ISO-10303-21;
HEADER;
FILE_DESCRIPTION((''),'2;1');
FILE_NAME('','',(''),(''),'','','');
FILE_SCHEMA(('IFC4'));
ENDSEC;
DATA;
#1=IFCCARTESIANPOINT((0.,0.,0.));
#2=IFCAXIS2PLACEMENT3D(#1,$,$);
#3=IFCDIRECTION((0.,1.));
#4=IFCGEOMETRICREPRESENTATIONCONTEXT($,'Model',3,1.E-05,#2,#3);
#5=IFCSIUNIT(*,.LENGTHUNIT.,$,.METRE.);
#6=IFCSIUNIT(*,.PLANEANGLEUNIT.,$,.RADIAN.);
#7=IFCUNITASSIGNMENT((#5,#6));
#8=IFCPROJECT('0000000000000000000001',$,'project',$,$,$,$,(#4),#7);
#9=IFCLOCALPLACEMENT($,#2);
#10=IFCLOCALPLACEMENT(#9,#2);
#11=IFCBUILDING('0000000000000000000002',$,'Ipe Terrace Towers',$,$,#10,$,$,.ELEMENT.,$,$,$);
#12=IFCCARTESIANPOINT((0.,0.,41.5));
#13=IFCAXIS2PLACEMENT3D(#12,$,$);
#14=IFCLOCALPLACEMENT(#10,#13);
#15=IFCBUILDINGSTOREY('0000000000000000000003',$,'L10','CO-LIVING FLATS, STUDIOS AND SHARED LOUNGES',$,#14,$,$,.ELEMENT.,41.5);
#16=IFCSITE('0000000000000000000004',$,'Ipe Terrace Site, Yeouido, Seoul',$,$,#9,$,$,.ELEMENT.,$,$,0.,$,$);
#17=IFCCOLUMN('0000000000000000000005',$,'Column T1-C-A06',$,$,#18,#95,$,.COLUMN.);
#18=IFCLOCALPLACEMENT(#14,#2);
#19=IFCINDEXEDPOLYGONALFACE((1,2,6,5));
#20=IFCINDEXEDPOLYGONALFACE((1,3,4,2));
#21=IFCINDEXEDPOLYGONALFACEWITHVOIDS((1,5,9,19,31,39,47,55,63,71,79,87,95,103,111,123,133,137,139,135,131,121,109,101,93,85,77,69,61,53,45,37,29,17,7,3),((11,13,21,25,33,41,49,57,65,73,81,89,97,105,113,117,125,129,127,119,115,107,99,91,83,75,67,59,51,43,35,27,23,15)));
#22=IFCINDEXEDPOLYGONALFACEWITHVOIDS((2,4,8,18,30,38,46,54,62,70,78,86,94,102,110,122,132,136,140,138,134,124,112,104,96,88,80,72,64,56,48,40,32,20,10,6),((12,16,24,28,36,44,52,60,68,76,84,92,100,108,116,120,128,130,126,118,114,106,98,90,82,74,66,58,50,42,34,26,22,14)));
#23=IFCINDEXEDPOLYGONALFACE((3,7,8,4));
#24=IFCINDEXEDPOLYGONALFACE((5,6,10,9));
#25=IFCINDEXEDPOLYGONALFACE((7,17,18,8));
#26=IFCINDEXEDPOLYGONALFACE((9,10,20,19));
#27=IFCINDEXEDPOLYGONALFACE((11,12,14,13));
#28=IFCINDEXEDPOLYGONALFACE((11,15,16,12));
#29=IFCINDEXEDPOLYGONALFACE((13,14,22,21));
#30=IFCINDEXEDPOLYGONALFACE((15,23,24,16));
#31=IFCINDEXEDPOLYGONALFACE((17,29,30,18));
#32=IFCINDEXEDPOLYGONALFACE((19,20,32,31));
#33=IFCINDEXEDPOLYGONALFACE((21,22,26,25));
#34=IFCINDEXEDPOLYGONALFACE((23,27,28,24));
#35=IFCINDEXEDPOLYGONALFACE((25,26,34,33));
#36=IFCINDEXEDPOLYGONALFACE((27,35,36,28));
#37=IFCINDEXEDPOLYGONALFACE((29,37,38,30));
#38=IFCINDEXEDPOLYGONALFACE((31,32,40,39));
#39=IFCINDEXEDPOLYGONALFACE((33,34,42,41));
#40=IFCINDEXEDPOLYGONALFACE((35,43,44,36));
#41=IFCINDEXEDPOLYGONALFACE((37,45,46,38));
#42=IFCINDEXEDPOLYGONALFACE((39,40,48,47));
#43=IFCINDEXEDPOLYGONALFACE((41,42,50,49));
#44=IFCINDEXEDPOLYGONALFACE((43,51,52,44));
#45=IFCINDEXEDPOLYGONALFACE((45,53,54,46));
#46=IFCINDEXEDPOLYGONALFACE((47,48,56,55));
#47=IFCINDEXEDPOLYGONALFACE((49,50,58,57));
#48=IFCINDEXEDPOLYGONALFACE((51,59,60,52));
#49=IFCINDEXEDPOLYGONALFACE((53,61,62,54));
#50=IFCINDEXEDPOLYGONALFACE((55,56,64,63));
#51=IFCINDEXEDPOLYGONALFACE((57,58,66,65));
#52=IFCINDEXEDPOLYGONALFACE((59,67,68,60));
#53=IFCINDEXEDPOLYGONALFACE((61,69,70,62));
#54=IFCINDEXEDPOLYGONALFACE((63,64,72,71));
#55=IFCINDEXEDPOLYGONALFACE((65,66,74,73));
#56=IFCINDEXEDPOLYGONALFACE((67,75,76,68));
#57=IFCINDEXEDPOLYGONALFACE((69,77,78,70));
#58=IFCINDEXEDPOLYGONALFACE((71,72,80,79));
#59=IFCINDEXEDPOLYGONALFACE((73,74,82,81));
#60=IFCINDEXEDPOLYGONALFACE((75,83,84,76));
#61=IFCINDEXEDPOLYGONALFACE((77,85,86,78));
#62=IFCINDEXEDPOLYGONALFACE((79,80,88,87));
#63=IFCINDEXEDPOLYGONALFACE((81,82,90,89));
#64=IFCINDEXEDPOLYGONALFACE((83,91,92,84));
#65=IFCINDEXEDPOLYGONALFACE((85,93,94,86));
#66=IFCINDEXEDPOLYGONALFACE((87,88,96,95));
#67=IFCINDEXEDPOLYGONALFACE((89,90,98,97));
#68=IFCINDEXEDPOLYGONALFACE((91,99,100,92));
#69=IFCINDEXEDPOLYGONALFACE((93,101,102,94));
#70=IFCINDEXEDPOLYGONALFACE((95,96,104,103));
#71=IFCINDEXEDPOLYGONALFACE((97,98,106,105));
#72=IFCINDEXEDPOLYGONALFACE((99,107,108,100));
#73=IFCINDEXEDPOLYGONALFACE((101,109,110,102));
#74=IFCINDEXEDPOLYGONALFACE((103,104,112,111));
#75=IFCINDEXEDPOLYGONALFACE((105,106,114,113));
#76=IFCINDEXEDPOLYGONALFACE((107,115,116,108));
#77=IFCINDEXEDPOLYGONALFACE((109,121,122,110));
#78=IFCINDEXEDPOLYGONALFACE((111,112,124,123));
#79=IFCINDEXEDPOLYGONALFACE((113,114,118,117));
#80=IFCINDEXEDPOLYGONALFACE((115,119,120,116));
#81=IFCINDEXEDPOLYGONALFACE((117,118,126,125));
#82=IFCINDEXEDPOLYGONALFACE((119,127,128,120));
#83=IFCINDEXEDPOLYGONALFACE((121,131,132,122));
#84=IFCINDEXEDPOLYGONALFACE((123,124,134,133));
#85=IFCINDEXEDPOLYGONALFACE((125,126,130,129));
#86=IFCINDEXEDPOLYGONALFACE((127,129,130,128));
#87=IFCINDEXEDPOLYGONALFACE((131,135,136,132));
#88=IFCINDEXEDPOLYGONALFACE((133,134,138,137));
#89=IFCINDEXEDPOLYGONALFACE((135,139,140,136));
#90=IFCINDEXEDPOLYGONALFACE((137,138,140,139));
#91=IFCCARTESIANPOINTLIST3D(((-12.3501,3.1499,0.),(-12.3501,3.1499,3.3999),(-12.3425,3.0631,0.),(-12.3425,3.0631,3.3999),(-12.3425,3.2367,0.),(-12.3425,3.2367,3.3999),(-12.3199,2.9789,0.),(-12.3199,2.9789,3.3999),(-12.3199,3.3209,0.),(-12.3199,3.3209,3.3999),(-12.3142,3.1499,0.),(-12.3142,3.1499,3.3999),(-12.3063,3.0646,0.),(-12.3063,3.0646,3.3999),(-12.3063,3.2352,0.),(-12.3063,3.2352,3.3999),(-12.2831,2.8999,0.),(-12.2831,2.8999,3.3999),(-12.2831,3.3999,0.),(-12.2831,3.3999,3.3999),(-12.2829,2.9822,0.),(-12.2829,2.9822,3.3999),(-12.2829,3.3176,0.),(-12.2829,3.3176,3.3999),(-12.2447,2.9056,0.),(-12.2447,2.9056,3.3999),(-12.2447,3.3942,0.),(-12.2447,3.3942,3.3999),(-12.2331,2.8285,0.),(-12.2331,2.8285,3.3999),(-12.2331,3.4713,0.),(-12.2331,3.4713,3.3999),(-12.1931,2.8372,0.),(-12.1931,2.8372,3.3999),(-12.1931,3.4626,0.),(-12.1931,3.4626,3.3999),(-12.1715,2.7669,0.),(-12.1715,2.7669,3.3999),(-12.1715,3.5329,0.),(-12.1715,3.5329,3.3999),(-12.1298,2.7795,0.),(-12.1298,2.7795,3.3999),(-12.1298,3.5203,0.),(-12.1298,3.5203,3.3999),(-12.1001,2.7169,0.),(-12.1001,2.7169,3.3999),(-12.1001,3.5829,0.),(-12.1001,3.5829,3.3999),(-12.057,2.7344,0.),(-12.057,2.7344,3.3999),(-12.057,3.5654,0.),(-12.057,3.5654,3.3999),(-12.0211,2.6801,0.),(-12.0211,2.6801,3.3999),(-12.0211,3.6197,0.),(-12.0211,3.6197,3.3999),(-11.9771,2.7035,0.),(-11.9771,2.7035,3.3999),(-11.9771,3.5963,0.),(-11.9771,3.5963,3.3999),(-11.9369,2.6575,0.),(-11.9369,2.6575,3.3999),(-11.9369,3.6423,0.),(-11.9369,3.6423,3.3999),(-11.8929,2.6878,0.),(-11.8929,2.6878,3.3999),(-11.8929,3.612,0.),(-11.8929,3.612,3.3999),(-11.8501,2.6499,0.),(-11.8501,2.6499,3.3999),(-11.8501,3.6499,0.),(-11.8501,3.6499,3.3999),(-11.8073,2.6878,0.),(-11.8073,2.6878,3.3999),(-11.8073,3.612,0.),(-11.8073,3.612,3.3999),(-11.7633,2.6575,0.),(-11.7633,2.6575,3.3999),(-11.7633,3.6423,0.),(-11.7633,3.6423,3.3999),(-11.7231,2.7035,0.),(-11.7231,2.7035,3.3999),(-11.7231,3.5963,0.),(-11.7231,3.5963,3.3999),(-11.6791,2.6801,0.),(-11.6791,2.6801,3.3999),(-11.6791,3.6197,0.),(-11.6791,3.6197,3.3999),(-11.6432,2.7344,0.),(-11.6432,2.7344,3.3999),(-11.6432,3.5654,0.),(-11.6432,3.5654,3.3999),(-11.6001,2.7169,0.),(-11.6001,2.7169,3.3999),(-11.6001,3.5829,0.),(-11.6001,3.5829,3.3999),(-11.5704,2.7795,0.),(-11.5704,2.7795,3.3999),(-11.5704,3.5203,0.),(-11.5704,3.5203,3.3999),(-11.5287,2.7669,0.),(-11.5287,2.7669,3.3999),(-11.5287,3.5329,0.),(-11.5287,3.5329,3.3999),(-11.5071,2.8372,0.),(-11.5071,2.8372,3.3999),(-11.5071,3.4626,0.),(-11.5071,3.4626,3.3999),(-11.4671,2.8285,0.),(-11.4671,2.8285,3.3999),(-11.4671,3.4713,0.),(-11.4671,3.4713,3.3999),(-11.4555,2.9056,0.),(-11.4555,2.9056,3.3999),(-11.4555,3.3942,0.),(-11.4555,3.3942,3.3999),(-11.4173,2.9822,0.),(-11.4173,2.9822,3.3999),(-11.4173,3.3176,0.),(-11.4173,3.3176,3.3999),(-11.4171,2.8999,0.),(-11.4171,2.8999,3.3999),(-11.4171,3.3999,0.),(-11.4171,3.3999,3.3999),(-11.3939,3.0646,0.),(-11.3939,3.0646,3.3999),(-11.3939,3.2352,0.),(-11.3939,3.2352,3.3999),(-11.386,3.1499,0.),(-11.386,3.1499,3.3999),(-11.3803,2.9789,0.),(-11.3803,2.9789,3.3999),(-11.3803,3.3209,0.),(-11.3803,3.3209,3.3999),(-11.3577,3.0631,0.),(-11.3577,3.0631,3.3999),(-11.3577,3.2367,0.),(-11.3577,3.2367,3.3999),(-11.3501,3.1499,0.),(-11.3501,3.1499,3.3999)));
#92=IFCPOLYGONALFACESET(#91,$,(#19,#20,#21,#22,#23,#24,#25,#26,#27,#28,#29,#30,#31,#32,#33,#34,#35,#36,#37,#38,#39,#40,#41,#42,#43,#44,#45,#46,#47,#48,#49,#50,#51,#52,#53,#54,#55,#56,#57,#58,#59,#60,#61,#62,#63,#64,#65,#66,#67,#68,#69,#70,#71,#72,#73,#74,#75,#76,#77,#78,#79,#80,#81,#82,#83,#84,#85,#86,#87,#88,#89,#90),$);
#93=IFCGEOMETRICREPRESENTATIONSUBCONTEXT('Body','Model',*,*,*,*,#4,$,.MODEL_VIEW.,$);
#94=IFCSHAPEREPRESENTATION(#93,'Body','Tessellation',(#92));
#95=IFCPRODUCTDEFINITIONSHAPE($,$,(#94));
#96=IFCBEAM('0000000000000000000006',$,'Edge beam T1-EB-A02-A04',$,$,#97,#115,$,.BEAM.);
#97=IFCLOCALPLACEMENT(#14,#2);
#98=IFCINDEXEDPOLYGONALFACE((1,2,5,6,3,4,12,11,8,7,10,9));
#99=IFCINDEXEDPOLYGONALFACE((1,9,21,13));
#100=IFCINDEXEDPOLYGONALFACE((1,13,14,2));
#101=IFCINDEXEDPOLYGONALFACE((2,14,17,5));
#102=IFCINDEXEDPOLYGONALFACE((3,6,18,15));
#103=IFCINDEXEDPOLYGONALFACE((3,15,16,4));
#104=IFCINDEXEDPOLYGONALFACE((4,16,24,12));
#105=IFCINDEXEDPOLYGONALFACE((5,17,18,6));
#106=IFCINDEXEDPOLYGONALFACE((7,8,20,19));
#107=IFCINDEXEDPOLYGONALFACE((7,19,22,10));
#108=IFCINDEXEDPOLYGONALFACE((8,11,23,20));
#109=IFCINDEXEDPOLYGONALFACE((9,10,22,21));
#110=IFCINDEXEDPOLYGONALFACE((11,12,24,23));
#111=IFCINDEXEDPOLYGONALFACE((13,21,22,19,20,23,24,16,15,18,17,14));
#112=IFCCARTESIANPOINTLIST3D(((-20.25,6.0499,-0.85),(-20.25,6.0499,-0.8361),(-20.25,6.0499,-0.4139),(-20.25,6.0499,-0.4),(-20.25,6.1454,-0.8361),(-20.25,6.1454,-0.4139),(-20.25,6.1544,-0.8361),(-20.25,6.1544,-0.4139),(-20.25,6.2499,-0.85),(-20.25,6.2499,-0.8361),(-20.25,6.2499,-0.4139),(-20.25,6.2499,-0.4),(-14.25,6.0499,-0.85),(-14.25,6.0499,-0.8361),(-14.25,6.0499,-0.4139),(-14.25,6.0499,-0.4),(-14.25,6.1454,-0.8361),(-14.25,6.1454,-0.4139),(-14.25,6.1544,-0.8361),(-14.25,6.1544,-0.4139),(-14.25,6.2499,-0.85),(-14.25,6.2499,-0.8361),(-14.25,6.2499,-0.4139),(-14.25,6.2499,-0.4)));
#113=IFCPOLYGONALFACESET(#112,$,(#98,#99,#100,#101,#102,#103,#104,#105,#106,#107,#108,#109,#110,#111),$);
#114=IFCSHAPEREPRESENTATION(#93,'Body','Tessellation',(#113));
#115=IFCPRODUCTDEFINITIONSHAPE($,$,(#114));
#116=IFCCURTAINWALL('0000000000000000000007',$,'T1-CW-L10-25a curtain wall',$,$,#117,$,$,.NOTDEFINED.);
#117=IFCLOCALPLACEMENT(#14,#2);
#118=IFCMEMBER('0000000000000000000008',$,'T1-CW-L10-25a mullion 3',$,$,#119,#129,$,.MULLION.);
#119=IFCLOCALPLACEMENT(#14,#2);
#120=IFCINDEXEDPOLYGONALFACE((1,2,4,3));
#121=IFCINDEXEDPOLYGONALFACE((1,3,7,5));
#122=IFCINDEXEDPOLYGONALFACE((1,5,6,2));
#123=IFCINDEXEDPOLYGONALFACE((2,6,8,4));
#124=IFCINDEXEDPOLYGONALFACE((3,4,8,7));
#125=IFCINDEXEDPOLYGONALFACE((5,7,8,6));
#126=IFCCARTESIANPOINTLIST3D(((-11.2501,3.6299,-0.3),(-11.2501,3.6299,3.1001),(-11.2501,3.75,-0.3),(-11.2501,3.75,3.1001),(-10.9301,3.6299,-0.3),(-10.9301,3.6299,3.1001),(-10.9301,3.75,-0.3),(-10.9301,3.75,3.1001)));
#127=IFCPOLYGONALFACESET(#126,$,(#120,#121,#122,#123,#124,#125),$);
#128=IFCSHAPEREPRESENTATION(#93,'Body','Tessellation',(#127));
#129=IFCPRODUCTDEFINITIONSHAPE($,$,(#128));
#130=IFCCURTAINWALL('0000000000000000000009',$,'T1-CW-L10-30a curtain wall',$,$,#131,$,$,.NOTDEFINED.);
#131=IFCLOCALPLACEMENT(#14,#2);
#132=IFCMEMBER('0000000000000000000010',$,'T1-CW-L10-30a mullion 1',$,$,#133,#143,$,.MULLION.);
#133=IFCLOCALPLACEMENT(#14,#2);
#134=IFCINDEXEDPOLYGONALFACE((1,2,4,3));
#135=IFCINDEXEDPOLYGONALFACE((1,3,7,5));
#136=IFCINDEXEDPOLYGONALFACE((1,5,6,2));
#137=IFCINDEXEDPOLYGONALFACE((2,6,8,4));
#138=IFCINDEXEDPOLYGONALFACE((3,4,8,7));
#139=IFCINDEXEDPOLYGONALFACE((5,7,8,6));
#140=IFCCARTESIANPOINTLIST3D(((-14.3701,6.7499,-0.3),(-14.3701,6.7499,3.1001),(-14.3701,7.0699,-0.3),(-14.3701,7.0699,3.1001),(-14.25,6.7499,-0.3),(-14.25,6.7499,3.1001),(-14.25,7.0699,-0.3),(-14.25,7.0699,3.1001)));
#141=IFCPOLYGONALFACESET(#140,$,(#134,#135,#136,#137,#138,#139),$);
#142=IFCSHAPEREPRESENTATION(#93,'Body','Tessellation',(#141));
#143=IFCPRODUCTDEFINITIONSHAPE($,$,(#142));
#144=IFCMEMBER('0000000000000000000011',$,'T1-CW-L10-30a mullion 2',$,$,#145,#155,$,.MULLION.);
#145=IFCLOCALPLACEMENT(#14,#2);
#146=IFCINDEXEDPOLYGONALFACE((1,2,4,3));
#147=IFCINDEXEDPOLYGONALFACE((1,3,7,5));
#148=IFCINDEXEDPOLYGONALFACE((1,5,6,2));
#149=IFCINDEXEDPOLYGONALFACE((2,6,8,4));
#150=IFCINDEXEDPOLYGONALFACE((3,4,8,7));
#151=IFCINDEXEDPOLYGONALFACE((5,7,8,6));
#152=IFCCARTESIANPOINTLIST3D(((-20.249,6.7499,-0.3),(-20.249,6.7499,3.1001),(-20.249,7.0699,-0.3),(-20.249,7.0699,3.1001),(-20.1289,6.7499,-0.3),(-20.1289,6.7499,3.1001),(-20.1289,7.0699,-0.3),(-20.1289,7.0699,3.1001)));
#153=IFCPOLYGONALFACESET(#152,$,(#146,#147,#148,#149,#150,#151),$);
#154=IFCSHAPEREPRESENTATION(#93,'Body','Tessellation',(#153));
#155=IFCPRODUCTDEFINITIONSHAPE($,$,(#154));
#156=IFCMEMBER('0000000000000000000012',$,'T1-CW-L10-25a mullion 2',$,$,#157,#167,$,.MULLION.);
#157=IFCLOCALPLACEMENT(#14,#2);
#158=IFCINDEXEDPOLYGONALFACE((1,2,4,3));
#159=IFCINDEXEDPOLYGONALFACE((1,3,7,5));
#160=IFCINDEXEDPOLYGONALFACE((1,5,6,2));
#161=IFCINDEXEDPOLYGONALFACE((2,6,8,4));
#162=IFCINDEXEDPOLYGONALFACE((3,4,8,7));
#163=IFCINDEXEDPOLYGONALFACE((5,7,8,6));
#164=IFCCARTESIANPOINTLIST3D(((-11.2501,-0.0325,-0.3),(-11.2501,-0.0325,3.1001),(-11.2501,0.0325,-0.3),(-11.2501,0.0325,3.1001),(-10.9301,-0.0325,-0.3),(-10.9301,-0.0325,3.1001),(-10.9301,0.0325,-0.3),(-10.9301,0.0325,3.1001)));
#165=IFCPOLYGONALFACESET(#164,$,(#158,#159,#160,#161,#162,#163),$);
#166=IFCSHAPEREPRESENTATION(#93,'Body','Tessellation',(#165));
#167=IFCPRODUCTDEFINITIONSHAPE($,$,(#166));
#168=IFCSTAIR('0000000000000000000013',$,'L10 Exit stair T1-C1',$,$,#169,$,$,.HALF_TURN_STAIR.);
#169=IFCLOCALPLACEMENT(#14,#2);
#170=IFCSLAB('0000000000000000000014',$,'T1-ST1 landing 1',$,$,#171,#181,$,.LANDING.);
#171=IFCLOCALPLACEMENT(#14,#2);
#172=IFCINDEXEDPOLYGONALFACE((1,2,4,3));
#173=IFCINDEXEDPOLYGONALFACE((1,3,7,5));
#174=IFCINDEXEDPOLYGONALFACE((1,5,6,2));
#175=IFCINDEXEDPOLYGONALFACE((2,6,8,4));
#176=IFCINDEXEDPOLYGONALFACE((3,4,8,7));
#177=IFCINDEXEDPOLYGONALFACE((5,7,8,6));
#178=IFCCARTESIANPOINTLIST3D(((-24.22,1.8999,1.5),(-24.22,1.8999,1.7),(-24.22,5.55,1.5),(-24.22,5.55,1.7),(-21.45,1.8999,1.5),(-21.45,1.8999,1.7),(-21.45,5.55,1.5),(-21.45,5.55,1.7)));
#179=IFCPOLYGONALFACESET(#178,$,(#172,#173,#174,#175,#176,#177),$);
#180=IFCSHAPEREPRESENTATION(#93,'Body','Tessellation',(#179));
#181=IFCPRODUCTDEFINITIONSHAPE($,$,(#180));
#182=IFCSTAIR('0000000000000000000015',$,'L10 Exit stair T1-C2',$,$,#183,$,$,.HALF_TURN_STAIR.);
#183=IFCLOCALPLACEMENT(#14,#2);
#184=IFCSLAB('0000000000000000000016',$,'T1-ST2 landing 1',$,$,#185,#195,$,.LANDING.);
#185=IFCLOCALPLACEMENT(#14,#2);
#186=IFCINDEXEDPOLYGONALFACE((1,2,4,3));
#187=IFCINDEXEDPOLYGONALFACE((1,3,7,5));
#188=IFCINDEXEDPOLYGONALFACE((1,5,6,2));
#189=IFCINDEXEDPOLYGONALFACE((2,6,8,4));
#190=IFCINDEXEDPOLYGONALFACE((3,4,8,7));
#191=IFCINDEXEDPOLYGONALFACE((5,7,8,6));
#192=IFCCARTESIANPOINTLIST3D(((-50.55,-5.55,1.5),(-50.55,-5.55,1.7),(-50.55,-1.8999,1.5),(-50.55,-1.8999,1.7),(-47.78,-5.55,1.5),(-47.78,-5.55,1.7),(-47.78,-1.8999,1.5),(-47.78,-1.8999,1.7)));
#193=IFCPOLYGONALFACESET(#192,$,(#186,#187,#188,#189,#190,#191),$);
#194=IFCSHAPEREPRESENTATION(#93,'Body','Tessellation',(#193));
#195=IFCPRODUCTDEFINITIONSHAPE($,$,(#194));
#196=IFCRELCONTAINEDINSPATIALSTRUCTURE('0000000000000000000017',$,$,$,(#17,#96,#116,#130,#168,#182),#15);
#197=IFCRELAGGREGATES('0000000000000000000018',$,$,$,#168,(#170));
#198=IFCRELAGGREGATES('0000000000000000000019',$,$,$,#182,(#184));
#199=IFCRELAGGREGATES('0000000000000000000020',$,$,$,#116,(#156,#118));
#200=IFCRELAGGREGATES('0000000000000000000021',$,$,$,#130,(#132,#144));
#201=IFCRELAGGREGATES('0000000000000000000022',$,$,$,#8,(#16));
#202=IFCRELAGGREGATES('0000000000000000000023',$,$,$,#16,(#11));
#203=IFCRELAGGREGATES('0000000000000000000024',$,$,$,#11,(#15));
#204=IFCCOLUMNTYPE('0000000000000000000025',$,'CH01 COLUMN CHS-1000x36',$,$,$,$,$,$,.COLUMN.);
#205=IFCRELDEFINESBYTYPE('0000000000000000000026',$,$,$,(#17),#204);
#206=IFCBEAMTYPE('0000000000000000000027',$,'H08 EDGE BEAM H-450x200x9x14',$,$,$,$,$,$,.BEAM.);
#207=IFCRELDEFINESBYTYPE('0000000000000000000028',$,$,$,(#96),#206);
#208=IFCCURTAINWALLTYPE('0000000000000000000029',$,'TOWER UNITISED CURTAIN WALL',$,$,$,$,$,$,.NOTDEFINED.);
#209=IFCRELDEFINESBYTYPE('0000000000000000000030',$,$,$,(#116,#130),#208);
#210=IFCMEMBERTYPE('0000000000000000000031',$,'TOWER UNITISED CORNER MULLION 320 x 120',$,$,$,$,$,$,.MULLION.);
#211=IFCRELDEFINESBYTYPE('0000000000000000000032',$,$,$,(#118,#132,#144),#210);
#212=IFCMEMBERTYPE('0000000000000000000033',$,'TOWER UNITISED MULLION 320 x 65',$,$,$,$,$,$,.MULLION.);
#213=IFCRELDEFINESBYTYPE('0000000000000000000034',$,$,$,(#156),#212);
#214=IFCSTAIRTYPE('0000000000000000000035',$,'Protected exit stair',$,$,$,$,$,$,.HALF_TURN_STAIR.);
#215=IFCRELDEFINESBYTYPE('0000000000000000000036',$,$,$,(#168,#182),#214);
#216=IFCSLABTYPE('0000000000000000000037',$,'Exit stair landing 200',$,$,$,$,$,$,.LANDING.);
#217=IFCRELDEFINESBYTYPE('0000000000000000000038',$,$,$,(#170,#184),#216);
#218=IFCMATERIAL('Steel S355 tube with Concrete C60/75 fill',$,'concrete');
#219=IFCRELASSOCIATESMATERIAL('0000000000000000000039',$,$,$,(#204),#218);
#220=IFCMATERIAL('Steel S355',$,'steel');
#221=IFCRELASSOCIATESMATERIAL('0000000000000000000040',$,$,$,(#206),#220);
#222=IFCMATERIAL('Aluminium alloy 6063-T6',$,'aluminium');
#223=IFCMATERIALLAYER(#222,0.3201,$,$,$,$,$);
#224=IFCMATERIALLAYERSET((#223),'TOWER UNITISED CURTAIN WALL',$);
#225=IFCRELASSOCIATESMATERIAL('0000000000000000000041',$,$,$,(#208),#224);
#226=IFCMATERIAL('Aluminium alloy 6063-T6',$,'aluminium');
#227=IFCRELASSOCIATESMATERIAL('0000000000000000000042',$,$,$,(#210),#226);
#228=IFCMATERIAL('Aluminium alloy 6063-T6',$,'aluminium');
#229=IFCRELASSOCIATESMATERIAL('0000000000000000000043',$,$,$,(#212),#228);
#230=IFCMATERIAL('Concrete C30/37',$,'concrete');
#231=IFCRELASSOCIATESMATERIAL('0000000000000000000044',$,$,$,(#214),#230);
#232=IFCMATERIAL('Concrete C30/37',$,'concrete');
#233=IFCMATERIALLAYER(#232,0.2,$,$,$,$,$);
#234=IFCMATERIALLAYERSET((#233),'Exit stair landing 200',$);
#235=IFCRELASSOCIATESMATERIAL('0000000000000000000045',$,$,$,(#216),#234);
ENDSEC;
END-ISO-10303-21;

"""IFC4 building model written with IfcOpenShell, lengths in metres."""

from ifc_helpers import new_model, si_unit, direction, frame, origin, origin_2d, place, context, subcontext, project, spatial, polyline, rectangle, hollow_circle, i_section, outline, extrude, material, layer, layer_set, material_profile, profile_set, type_object, element, aggregate, save


model = new_model("IFC4")

# Units and contexts
model_context = context("Model", 3, precision=1e-05, world=origin(), true_north=direction((0.0, 1.0)))
body_context = subcontext(model_context, "Body", "Model", "MODEL_VIEW")
ifc_project = project(units=[si_unit("LENGTHUNIT", "METRE"), si_unit("PLANEANGLEUNIT", "RADIAN")], contexts=[model_context])

# Site, building, storey
site_placement = place(None, origin())
site = spatial("IfcSite", under=ifc_project, at=site_placement, Name="Ipe Terrace Site, Yeouido, Seoul", CompositionType="ELEMENT", RefElevation=0.0)
building_placement = place(site_placement, origin())
building = spatial("IfcBuilding", under=site, at=building_placement, Name="Ipe Terrace Towers", CompositionType="ELEMENT")
storey_placement = place(building_placement, frame((0.0, 0.0, 41.5)))
storey = spatial("IfcBuildingStorey", under=building, at=storey_placement, Name="L10", Description="CO-LIVING FLATS, STUDIOS AND SHARED LOUNGES", CompositionType="ELEMENT", Elevation=41.5)

# Column
ifc_material_1 = material(Name="Steel S355 tube with Concrete C60/75 fill", Category="concrete")
ifc_material_profile_1 = material_profile(ifc_material_1, hollow_circle(Radius=0.5, WallThickness=0.0359, at=origin_2d()), Name="CHS-1000x36")
ifc_profile_set_1 = profile_set([ifc_material_profile_1], Name="Steel S355 tube with Concrete C60/75 fill")
column_type = type_object("IfcColumnType", Name="CH01 COLUMN CHS-1000x36", PredefinedType="COLUMN", material=ifc_profile_set_1)
for number, where, z_axis, x_axis, name in (
    (1, (-11.8501, 3.1499, 0.0), (0.0, 0.0, 1.0), (1.0, 0.0, 0.0), "Column T1-C-A06"),
):
    element("IfcColumn", number, at=place(storey_placement, frame(where, z_axis=z_axis, x_axis=x_axis)), inside=storey, type_object=column_type, Name=name, PredefinedType="COLUMN", context=body_context, shape_type="SweptSolid", body=[
        extrude(hollow_circle(Radius=0.5, WallThickness=0.0359, at=origin_2d()), origin(), (0.0, 0.0, 1.0), 3.3999),
    ])

# Beam
ifc_material_2 = material(Name="Steel S355", Category="steel")
ifc_material_profile_2 = material_profile(ifc_material_2, i_section(OverallWidth=0.2, OverallDepth=0.45, WebThickness=0.009, FlangeThickness=0.0139, at=origin_2d()), Name="H-450x200x9x14")
ifc_profile_set_2 = profile_set([ifc_material_profile_2], Name="Steel S355")
beam_type = type_object("IfcBeamType", Name="H08 EDGE BEAM H-450x200x9x14", PredefinedType="BEAM", material=ifc_profile_set_2)
beam_placement = place(storey_placement, frame((-20.25, 6.1499, -0.625), z_axis=(1.0, 0.0, 0.0), x_axis=(0.0, 1.0, 0.0)))
element("IfcBeam", 2, at=beam_placement, inside=storey, type_object=beam_type, Name="Edge beam T1-EB-A02-A04", PredefinedType="BEAM", context=body_context, shape_type="SweptSolid", body=[
    extrude(i_section(OverallWidth=0.2, OverallDepth=0.45, WebThickness=0.009, FlangeThickness=0.0139, at=origin_2d()), origin(), (0.0, 0.0, 1.0), 6.0),
])

# Curtain wall, member
ifc_material_3 = material(Name="Aluminium alloy 6063-T6", Category="aluminium")
ifc_layer_1 = layer(ifc_material_3, 0.3201)
ifc_layer_set_1 = layer_set([ifc_layer_1], Name="TOWER UNITISED CURTAIN WALL")
curtain_wall_type = type_object("IfcCurtainWallType", Name="TOWER UNITISED CURTAIN WALL", PredefinedType="NOTDEFINED", material=ifc_layer_set_1)
curtain_wall_1_placement = place(storey_placement, origin())
curtain_wall_1 = element("IfcCurtainWall", 3, at=curtain_wall_1_placement, inside=storey, type_object=curtain_wall_type, Name="T1-CW-L10-25a curtain wall", PredefinedType="NOTDEFINED")
ifc_material_4 = material(Name="Aluminium alloy 6063-T6", Category="aluminium")
ifc_material_profile_3 = material_profile(ifc_material_4, rectangle(XDim=0.3201, YDim=0.1201, at=origin_2d()), Name="TOWER UNITISED CORNER MULLION 320 x 120")
ifc_profile_set_3 = profile_set([ifc_material_profile_3], Name="Aluminium alloy 6063-T6")
member_type_1 = type_object("IfcMemberType", Name="TOWER UNITISED CORNER MULLION 320 x 120", PredefinedType="MULLION", material=ifc_profile_set_3)
member_1_placement = place(storey_placement, frame((-11.0901, 3.6899, -0.3), z_axis=(0.0, 0.0, 1.0), x_axis=(1.0, 0.0, 0.0)))
member_1 = element("IfcMember", 4, at=member_1_placement, type_object=member_type_1, Name="T1-CW-L10-25a mullion 3", PredefinedType="MULLION", context=body_context, shape_type="SweptSolid", body=[
    extrude(rectangle(XDim=0.3201, YDim=0.1201, at=origin_2d()), origin(), (0.0, 0.0, 1.0), 3.4001),
])

# Curtain wall, members
curtain_wall_2_placement = place(storey_placement, origin())
curtain_wall_2 = element("IfcCurtainWall", 5, at=curtain_wall_2_placement, inside=storey, type_object=curtain_wall_type, Name="T1-CW-L10-30a curtain wall", PredefinedType="NOTDEFINED")
member_2_placement = place(storey_placement, frame((-14.3101, 6.9099, -0.3), z_axis=(0.0, 0.0, 1.0), x_axis=(0.0, 1.0, 0.0)))
member_2 = element("IfcMember", 6, at=member_2_placement, type_object=member_type_1, Name="T1-CW-L10-30a mullion 1", PredefinedType="MULLION", context=body_context, shape_type="SweptSolid", body=[
    extrude(rectangle(XDim=0.3201, YDim=0.1201, at=origin_2d()), origin(), (0.0, 0.0, 1.0), 3.4001),
])
member_3_placement = place(storey_placement, frame((-20.189, 6.9099, -0.3), z_axis=(0.0, 0.0, 1.0), x_axis=(0.0, 1.0, 0.0)))
member_3 = element("IfcMember", 7, at=member_3_placement, type_object=member_type_1, Name="T1-CW-L10-30a mullion 2", PredefinedType="MULLION", context=body_context, shape_type="SweptSolid", body=[
    extrude(rectangle(XDim=0.3201, YDim=0.1201, at=origin_2d()), origin(), (0.0, 0.0, 1.0), 3.4001),
])

# Member
ifc_material_5 = material(Name="Aluminium alloy 6063-T6", Category="aluminium")
ifc_material_profile_4 = material_profile(ifc_material_5, rectangle(XDim=0.3201, YDim=0.0649, at=origin_2d()), Name="TOWER UNITISED MULLION 320 x 65")
ifc_profile_set_4 = profile_set([ifc_material_profile_4], Name="Aluminium alloy 6063-T6")
member_type_2 = type_object("IfcMemberType", Name="TOWER UNITISED MULLION 320 x 65", PredefinedType="MULLION", material=ifc_profile_set_4)
member_4_placement = place(storey_placement, frame((-11.0901, 0.0, -0.3), z_axis=(0.0, 0.0, 1.0), x_axis=(1.0, 0.0, 0.0)))
member_4 = element("IfcMember", 8, at=member_4_placement, type_object=member_type_2, Name="T1-CW-L10-25a mullion 2", PredefinedType="MULLION", context=body_context, shape_type="SweptSolid", body=[
    extrude(rectangle(XDim=0.3201, YDim=0.0649, at=origin_2d()), origin(), (0.0, 0.0, 1.0), 3.4001),
])

# Stairs, slabs
ifc_material_6 = material(Name="Concrete C30/37", Category="concrete")
stair_type = type_object("IfcStairType", Name="Protected exit stair", PredefinedType="HALF_TURN_STAIR", material=ifc_material_6)
stair_1_placement = place(storey_placement, origin())
stair_1 = element("IfcStair", 9, at=stair_1_placement, inside=storey, type_object=stair_type, Name="L10 Exit stair T1-C1", PredefinedType="HALF_TURN_STAIR")
ifc_material_7 = material(Name="Concrete C30/37", Category="concrete")
ifc_layer_2 = layer(ifc_material_7, 0.2)
ifc_layer_set_2 = layer_set([ifc_layer_2], Name="Exit stair landing 200")
slab_type_1 = type_object("IfcSlabType", Name="Exit stair landing 200", PredefinedType="LANDING", material=ifc_layer_set_2)
slab_1_placement = place(storey_placement, frame((0.0, 0.0, 1.5)))
slab_1 = element("IfcSlab", 10, at=slab_1_placement, type_object=slab_type_1, Name="T1-ST1 landing 1", PredefinedType="LANDING", context=body_context, shape_type="SweptSolid", body=[
    extrude(outline(polyline([(-24.22, 1.8999), (-21.45, 1.8999), (-21.45, 5.55), (-24.22, 5.55), (-24.22, 1.8999)])), origin(), (0.0, 0.0, 1.0), 0.2),
])
aggregate(stair_1, [slab_1])
stair_2_placement = place(storey_placement, origin())
stair_2 = element("IfcStair", 11, at=stair_2_placement, inside=storey, type_object=stair_type, Name="L10 Exit stair T1-C2", PredefinedType="HALF_TURN_STAIR")
slab_2_placement = place(storey_placement, frame((0.0, 0.0, 1.5)))
slab_2 = element("IfcSlab", 12, at=slab_2_placement, type_object=slab_type_1, Name="T1-ST2 landing 1", PredefinedType="LANDING", context=body_context, shape_type="SweptSolid", body=[
    extrude(outline(polyline([(-47.78, -1.8999), (-50.55, -1.8999), (-50.55, -5.55), (-47.78, -5.55), (-47.78, -1.8999)])), origin(), (0.0, 0.0, 1.0), 0.2),
])
aggregate(stair_2, [slab_2])

aggregate(curtain_wall_1, [member_4, member_1])
aggregate(curtain_wall_2, [member_2, member_3])

save(model, "model.ifc")
